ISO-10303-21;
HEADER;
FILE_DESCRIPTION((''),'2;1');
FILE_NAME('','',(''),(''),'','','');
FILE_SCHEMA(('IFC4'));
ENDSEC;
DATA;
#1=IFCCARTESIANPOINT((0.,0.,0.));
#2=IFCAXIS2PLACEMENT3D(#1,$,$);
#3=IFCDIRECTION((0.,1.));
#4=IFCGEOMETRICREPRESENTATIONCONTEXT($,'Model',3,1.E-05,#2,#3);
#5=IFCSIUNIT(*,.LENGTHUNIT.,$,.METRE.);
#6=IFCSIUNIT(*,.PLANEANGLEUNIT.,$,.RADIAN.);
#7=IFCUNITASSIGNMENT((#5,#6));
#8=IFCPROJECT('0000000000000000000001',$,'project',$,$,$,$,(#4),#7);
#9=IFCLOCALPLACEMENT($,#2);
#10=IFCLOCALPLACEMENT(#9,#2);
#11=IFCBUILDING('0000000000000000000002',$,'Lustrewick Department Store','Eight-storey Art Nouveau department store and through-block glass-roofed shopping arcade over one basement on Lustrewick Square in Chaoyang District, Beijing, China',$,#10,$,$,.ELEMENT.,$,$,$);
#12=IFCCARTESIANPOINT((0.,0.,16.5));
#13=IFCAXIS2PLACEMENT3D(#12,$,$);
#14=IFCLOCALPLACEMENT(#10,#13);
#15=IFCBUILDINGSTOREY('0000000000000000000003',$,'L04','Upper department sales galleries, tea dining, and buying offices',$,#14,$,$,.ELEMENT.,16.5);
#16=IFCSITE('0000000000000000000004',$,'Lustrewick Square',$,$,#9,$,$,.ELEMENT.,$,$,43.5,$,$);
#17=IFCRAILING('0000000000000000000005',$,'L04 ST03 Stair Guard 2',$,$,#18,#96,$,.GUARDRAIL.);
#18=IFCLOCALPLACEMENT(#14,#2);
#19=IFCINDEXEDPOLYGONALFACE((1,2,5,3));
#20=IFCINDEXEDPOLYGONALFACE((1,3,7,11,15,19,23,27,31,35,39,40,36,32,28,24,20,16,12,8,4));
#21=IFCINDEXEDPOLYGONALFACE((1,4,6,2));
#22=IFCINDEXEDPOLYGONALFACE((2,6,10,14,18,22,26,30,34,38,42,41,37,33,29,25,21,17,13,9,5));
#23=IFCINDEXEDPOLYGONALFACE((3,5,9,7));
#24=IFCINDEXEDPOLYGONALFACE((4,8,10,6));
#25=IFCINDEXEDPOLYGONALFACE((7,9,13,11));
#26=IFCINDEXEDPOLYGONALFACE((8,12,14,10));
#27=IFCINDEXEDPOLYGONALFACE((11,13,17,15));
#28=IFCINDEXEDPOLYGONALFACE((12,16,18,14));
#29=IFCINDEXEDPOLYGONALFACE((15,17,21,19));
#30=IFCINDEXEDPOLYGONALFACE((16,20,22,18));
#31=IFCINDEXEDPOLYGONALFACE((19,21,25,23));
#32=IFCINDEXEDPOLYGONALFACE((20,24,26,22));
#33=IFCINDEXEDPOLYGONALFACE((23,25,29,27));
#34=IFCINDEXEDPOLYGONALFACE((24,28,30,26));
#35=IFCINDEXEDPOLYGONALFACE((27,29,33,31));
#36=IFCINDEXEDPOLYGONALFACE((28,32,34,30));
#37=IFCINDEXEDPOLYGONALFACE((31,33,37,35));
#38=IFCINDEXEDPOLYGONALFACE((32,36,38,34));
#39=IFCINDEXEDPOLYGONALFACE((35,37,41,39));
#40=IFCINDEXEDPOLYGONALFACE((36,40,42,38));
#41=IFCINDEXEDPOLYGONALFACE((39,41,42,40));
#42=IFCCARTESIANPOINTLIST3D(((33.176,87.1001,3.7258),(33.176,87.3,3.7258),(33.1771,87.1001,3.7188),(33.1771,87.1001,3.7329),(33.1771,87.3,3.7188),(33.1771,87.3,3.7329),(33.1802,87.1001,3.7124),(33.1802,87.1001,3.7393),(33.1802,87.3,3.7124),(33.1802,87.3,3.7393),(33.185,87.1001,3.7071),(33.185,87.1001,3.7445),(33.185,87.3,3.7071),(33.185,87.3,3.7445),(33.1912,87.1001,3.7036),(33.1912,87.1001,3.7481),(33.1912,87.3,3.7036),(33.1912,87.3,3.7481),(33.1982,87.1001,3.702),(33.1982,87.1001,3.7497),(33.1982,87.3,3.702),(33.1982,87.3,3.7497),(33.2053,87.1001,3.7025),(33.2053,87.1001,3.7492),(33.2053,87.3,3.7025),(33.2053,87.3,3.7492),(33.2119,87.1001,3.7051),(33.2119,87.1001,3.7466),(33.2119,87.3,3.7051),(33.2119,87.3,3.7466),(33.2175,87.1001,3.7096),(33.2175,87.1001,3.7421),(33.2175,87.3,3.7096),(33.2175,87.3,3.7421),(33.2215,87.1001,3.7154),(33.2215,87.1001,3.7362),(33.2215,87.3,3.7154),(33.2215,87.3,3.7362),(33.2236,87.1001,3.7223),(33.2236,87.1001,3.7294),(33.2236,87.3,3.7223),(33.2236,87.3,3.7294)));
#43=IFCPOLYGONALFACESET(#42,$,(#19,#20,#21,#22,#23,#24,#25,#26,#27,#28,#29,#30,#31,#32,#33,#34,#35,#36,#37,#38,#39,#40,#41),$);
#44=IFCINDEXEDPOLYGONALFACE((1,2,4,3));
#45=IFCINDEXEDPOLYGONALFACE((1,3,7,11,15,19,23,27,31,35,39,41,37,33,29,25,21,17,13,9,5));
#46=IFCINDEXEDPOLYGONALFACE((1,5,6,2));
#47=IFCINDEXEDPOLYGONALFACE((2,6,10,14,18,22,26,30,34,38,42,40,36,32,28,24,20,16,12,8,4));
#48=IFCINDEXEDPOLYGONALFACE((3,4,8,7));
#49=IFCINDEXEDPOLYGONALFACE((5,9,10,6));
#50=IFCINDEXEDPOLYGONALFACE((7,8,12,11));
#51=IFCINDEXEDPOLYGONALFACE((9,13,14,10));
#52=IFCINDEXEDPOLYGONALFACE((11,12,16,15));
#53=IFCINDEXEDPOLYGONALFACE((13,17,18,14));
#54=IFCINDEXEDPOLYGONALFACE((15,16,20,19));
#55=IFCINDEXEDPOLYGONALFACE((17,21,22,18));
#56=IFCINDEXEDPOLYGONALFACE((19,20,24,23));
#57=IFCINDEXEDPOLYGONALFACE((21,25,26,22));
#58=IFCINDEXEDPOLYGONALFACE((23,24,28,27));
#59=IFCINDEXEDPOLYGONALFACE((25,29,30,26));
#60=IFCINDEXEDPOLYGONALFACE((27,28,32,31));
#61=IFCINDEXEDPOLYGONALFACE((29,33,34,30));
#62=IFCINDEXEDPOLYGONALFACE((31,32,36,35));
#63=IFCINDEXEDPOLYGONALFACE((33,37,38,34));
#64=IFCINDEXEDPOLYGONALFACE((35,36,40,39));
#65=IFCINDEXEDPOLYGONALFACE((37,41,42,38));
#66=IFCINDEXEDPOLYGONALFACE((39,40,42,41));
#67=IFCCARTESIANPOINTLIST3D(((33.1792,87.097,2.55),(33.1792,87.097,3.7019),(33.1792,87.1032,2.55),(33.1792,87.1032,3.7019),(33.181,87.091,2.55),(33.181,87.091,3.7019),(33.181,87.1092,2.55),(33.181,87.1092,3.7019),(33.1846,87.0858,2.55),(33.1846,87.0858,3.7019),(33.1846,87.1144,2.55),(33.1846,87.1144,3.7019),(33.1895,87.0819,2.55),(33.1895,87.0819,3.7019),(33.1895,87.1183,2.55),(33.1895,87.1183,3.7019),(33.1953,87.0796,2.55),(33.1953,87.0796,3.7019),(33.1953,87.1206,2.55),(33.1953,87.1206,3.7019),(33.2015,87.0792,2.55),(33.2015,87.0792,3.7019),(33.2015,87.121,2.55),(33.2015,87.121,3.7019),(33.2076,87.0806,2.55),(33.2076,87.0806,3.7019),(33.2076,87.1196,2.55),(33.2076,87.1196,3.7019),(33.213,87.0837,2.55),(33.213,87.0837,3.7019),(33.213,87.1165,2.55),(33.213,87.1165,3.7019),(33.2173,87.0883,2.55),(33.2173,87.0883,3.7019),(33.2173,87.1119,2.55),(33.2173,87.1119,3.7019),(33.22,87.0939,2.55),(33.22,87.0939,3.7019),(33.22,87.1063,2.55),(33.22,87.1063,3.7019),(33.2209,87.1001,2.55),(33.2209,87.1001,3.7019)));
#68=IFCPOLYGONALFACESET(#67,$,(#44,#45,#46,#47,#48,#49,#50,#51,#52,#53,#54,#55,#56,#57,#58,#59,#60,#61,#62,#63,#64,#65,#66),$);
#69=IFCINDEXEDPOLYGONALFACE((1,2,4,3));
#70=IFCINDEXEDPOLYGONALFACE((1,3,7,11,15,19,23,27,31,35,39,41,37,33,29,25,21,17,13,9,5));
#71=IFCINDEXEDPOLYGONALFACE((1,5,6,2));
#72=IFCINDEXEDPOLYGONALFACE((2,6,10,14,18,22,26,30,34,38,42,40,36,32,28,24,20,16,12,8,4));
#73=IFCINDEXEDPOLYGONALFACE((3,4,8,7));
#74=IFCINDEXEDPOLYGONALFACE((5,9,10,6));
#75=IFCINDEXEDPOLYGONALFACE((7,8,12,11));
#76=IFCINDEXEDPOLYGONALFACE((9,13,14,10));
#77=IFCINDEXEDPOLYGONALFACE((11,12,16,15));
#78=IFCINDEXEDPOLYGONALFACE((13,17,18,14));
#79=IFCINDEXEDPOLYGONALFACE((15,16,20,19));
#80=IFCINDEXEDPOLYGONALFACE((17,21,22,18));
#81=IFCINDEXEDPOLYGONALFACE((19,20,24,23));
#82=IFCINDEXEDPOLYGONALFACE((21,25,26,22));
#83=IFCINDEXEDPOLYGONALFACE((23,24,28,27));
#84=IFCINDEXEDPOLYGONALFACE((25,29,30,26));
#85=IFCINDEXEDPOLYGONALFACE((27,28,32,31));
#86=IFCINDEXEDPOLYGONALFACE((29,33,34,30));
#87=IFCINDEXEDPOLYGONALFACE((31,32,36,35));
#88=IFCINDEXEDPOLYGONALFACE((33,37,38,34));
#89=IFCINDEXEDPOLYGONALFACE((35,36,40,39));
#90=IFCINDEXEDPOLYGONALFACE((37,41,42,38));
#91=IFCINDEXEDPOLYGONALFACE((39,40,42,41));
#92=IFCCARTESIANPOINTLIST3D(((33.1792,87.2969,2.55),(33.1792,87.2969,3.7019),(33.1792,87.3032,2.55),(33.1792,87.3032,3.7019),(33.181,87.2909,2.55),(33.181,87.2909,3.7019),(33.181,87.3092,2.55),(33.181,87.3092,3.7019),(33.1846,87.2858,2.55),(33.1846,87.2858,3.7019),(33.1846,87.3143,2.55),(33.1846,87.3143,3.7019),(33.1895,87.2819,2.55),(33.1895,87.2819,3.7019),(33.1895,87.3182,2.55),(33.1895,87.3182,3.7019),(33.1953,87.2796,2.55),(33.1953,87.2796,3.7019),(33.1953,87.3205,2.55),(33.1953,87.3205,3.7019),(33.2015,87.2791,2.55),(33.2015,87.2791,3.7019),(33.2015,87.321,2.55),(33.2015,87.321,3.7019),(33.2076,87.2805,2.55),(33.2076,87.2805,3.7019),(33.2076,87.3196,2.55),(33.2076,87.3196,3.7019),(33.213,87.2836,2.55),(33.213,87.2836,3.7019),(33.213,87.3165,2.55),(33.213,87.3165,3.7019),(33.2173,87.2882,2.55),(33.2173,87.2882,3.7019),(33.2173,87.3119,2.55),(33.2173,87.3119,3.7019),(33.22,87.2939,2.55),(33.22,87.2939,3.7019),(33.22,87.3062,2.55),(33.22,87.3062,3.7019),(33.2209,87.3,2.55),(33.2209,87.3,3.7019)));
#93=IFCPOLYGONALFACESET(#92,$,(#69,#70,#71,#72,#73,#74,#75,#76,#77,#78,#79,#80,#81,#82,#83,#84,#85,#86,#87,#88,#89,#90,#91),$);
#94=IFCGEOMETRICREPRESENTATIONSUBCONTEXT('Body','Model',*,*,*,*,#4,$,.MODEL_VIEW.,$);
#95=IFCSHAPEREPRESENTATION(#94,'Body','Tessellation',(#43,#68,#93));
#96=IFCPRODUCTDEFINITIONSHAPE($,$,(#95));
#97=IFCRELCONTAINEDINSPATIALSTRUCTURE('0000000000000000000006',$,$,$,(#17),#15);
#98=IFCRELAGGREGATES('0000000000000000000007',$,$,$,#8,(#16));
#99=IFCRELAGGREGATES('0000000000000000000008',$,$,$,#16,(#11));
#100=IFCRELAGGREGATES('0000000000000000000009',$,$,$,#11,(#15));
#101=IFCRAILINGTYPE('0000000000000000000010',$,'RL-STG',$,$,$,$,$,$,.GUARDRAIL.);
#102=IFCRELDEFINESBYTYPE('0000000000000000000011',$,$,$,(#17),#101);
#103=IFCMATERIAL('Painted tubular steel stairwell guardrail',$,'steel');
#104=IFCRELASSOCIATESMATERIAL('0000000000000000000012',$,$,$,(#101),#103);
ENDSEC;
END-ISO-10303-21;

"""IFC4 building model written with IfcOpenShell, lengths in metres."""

from ifc_helpers import new_model, si_unit, direction, frame, origin, origin_2d, place, context, subcontext, project, spatial, circle, extrude, material, type_object, element, save


model = new_model("IFC4")

# Units and contexts
model_context = context("Model", 3, precision=1e-05, world=origin(), true_north=direction((0.0, 1.0)))
body_context = subcontext(model_context, "Body", "Model", "MODEL_VIEW")
ifc_project = project(units=[si_unit("LENGTHUNIT", "METRE"), si_unit("PLANEANGLEUNIT", "RADIAN")], contexts=[model_context])

# Site, building, storey
site_placement = place(None, origin())
site = spatial("IfcSite", under=ifc_project, at=site_placement, Name="Lustrewick Square", CompositionType="ELEMENT", RefElevation=43.5)
building_placement = place(site_placement, origin())
building = spatial("IfcBuilding", under=site, at=building_placement, Name="Lustrewick Department Store", Description="Eight-storey Art Nouveau department store and through-block glass-roofed shopping arcade over one basement on Lustrewick Square in Chaoyang District, Beijing, China", CompositionType="ELEMENT")
storey_placement = place(building_placement, frame((0.0, 0.0, 16.5)))
storey = spatial("IfcBuildingStorey", under=building, at=storey_placement, Name="L04", Description="Upper department sales galleries, tea dining, and buying offices", CompositionType="ELEMENT", Elevation=16.5)

# Railing
ifc_material_1 = material(Name="Painted tubular steel stairwell guardrail", Category="steel")
railing_type_1 = type_object("IfcRailingType", Name="RL-STG", PredefinedType="GUARDRAIL", material=ifc_material_1)
railing_1_placement = place(storey_placement, frame((33.2, 87.1001, 2.55)))
element("IfcRailing", 1, at=railing_1_placement, inside=storey, type_object=railing_type_1, Name="L04 ST03 Stair Guard 2", PredefinedType="GUARDRAIL", context=body_context, shape_type="SweptSolid", body=[
    extrude(circle(Radius=0.0239, at=origin_2d()), frame((0.0, 0.0, 1.1758), z_axis=(0.0, 1.0, 0.0), x_axis=(-1.0, 0.0, 0.0)), (0.0, 0.0, 1.0), 0.2),
    extrude(circle(Radius=0.021, at=origin_2d()), origin(), (0.0, 0.0, 1.0), 1.1519),
    extrude(circle(Radius=0.021, at=origin_2d()), frame((0.0, 0.2, 0.0)), (0.0, 0.0, 1.0), 1.1519),
])

save(model, "model.ifc")
